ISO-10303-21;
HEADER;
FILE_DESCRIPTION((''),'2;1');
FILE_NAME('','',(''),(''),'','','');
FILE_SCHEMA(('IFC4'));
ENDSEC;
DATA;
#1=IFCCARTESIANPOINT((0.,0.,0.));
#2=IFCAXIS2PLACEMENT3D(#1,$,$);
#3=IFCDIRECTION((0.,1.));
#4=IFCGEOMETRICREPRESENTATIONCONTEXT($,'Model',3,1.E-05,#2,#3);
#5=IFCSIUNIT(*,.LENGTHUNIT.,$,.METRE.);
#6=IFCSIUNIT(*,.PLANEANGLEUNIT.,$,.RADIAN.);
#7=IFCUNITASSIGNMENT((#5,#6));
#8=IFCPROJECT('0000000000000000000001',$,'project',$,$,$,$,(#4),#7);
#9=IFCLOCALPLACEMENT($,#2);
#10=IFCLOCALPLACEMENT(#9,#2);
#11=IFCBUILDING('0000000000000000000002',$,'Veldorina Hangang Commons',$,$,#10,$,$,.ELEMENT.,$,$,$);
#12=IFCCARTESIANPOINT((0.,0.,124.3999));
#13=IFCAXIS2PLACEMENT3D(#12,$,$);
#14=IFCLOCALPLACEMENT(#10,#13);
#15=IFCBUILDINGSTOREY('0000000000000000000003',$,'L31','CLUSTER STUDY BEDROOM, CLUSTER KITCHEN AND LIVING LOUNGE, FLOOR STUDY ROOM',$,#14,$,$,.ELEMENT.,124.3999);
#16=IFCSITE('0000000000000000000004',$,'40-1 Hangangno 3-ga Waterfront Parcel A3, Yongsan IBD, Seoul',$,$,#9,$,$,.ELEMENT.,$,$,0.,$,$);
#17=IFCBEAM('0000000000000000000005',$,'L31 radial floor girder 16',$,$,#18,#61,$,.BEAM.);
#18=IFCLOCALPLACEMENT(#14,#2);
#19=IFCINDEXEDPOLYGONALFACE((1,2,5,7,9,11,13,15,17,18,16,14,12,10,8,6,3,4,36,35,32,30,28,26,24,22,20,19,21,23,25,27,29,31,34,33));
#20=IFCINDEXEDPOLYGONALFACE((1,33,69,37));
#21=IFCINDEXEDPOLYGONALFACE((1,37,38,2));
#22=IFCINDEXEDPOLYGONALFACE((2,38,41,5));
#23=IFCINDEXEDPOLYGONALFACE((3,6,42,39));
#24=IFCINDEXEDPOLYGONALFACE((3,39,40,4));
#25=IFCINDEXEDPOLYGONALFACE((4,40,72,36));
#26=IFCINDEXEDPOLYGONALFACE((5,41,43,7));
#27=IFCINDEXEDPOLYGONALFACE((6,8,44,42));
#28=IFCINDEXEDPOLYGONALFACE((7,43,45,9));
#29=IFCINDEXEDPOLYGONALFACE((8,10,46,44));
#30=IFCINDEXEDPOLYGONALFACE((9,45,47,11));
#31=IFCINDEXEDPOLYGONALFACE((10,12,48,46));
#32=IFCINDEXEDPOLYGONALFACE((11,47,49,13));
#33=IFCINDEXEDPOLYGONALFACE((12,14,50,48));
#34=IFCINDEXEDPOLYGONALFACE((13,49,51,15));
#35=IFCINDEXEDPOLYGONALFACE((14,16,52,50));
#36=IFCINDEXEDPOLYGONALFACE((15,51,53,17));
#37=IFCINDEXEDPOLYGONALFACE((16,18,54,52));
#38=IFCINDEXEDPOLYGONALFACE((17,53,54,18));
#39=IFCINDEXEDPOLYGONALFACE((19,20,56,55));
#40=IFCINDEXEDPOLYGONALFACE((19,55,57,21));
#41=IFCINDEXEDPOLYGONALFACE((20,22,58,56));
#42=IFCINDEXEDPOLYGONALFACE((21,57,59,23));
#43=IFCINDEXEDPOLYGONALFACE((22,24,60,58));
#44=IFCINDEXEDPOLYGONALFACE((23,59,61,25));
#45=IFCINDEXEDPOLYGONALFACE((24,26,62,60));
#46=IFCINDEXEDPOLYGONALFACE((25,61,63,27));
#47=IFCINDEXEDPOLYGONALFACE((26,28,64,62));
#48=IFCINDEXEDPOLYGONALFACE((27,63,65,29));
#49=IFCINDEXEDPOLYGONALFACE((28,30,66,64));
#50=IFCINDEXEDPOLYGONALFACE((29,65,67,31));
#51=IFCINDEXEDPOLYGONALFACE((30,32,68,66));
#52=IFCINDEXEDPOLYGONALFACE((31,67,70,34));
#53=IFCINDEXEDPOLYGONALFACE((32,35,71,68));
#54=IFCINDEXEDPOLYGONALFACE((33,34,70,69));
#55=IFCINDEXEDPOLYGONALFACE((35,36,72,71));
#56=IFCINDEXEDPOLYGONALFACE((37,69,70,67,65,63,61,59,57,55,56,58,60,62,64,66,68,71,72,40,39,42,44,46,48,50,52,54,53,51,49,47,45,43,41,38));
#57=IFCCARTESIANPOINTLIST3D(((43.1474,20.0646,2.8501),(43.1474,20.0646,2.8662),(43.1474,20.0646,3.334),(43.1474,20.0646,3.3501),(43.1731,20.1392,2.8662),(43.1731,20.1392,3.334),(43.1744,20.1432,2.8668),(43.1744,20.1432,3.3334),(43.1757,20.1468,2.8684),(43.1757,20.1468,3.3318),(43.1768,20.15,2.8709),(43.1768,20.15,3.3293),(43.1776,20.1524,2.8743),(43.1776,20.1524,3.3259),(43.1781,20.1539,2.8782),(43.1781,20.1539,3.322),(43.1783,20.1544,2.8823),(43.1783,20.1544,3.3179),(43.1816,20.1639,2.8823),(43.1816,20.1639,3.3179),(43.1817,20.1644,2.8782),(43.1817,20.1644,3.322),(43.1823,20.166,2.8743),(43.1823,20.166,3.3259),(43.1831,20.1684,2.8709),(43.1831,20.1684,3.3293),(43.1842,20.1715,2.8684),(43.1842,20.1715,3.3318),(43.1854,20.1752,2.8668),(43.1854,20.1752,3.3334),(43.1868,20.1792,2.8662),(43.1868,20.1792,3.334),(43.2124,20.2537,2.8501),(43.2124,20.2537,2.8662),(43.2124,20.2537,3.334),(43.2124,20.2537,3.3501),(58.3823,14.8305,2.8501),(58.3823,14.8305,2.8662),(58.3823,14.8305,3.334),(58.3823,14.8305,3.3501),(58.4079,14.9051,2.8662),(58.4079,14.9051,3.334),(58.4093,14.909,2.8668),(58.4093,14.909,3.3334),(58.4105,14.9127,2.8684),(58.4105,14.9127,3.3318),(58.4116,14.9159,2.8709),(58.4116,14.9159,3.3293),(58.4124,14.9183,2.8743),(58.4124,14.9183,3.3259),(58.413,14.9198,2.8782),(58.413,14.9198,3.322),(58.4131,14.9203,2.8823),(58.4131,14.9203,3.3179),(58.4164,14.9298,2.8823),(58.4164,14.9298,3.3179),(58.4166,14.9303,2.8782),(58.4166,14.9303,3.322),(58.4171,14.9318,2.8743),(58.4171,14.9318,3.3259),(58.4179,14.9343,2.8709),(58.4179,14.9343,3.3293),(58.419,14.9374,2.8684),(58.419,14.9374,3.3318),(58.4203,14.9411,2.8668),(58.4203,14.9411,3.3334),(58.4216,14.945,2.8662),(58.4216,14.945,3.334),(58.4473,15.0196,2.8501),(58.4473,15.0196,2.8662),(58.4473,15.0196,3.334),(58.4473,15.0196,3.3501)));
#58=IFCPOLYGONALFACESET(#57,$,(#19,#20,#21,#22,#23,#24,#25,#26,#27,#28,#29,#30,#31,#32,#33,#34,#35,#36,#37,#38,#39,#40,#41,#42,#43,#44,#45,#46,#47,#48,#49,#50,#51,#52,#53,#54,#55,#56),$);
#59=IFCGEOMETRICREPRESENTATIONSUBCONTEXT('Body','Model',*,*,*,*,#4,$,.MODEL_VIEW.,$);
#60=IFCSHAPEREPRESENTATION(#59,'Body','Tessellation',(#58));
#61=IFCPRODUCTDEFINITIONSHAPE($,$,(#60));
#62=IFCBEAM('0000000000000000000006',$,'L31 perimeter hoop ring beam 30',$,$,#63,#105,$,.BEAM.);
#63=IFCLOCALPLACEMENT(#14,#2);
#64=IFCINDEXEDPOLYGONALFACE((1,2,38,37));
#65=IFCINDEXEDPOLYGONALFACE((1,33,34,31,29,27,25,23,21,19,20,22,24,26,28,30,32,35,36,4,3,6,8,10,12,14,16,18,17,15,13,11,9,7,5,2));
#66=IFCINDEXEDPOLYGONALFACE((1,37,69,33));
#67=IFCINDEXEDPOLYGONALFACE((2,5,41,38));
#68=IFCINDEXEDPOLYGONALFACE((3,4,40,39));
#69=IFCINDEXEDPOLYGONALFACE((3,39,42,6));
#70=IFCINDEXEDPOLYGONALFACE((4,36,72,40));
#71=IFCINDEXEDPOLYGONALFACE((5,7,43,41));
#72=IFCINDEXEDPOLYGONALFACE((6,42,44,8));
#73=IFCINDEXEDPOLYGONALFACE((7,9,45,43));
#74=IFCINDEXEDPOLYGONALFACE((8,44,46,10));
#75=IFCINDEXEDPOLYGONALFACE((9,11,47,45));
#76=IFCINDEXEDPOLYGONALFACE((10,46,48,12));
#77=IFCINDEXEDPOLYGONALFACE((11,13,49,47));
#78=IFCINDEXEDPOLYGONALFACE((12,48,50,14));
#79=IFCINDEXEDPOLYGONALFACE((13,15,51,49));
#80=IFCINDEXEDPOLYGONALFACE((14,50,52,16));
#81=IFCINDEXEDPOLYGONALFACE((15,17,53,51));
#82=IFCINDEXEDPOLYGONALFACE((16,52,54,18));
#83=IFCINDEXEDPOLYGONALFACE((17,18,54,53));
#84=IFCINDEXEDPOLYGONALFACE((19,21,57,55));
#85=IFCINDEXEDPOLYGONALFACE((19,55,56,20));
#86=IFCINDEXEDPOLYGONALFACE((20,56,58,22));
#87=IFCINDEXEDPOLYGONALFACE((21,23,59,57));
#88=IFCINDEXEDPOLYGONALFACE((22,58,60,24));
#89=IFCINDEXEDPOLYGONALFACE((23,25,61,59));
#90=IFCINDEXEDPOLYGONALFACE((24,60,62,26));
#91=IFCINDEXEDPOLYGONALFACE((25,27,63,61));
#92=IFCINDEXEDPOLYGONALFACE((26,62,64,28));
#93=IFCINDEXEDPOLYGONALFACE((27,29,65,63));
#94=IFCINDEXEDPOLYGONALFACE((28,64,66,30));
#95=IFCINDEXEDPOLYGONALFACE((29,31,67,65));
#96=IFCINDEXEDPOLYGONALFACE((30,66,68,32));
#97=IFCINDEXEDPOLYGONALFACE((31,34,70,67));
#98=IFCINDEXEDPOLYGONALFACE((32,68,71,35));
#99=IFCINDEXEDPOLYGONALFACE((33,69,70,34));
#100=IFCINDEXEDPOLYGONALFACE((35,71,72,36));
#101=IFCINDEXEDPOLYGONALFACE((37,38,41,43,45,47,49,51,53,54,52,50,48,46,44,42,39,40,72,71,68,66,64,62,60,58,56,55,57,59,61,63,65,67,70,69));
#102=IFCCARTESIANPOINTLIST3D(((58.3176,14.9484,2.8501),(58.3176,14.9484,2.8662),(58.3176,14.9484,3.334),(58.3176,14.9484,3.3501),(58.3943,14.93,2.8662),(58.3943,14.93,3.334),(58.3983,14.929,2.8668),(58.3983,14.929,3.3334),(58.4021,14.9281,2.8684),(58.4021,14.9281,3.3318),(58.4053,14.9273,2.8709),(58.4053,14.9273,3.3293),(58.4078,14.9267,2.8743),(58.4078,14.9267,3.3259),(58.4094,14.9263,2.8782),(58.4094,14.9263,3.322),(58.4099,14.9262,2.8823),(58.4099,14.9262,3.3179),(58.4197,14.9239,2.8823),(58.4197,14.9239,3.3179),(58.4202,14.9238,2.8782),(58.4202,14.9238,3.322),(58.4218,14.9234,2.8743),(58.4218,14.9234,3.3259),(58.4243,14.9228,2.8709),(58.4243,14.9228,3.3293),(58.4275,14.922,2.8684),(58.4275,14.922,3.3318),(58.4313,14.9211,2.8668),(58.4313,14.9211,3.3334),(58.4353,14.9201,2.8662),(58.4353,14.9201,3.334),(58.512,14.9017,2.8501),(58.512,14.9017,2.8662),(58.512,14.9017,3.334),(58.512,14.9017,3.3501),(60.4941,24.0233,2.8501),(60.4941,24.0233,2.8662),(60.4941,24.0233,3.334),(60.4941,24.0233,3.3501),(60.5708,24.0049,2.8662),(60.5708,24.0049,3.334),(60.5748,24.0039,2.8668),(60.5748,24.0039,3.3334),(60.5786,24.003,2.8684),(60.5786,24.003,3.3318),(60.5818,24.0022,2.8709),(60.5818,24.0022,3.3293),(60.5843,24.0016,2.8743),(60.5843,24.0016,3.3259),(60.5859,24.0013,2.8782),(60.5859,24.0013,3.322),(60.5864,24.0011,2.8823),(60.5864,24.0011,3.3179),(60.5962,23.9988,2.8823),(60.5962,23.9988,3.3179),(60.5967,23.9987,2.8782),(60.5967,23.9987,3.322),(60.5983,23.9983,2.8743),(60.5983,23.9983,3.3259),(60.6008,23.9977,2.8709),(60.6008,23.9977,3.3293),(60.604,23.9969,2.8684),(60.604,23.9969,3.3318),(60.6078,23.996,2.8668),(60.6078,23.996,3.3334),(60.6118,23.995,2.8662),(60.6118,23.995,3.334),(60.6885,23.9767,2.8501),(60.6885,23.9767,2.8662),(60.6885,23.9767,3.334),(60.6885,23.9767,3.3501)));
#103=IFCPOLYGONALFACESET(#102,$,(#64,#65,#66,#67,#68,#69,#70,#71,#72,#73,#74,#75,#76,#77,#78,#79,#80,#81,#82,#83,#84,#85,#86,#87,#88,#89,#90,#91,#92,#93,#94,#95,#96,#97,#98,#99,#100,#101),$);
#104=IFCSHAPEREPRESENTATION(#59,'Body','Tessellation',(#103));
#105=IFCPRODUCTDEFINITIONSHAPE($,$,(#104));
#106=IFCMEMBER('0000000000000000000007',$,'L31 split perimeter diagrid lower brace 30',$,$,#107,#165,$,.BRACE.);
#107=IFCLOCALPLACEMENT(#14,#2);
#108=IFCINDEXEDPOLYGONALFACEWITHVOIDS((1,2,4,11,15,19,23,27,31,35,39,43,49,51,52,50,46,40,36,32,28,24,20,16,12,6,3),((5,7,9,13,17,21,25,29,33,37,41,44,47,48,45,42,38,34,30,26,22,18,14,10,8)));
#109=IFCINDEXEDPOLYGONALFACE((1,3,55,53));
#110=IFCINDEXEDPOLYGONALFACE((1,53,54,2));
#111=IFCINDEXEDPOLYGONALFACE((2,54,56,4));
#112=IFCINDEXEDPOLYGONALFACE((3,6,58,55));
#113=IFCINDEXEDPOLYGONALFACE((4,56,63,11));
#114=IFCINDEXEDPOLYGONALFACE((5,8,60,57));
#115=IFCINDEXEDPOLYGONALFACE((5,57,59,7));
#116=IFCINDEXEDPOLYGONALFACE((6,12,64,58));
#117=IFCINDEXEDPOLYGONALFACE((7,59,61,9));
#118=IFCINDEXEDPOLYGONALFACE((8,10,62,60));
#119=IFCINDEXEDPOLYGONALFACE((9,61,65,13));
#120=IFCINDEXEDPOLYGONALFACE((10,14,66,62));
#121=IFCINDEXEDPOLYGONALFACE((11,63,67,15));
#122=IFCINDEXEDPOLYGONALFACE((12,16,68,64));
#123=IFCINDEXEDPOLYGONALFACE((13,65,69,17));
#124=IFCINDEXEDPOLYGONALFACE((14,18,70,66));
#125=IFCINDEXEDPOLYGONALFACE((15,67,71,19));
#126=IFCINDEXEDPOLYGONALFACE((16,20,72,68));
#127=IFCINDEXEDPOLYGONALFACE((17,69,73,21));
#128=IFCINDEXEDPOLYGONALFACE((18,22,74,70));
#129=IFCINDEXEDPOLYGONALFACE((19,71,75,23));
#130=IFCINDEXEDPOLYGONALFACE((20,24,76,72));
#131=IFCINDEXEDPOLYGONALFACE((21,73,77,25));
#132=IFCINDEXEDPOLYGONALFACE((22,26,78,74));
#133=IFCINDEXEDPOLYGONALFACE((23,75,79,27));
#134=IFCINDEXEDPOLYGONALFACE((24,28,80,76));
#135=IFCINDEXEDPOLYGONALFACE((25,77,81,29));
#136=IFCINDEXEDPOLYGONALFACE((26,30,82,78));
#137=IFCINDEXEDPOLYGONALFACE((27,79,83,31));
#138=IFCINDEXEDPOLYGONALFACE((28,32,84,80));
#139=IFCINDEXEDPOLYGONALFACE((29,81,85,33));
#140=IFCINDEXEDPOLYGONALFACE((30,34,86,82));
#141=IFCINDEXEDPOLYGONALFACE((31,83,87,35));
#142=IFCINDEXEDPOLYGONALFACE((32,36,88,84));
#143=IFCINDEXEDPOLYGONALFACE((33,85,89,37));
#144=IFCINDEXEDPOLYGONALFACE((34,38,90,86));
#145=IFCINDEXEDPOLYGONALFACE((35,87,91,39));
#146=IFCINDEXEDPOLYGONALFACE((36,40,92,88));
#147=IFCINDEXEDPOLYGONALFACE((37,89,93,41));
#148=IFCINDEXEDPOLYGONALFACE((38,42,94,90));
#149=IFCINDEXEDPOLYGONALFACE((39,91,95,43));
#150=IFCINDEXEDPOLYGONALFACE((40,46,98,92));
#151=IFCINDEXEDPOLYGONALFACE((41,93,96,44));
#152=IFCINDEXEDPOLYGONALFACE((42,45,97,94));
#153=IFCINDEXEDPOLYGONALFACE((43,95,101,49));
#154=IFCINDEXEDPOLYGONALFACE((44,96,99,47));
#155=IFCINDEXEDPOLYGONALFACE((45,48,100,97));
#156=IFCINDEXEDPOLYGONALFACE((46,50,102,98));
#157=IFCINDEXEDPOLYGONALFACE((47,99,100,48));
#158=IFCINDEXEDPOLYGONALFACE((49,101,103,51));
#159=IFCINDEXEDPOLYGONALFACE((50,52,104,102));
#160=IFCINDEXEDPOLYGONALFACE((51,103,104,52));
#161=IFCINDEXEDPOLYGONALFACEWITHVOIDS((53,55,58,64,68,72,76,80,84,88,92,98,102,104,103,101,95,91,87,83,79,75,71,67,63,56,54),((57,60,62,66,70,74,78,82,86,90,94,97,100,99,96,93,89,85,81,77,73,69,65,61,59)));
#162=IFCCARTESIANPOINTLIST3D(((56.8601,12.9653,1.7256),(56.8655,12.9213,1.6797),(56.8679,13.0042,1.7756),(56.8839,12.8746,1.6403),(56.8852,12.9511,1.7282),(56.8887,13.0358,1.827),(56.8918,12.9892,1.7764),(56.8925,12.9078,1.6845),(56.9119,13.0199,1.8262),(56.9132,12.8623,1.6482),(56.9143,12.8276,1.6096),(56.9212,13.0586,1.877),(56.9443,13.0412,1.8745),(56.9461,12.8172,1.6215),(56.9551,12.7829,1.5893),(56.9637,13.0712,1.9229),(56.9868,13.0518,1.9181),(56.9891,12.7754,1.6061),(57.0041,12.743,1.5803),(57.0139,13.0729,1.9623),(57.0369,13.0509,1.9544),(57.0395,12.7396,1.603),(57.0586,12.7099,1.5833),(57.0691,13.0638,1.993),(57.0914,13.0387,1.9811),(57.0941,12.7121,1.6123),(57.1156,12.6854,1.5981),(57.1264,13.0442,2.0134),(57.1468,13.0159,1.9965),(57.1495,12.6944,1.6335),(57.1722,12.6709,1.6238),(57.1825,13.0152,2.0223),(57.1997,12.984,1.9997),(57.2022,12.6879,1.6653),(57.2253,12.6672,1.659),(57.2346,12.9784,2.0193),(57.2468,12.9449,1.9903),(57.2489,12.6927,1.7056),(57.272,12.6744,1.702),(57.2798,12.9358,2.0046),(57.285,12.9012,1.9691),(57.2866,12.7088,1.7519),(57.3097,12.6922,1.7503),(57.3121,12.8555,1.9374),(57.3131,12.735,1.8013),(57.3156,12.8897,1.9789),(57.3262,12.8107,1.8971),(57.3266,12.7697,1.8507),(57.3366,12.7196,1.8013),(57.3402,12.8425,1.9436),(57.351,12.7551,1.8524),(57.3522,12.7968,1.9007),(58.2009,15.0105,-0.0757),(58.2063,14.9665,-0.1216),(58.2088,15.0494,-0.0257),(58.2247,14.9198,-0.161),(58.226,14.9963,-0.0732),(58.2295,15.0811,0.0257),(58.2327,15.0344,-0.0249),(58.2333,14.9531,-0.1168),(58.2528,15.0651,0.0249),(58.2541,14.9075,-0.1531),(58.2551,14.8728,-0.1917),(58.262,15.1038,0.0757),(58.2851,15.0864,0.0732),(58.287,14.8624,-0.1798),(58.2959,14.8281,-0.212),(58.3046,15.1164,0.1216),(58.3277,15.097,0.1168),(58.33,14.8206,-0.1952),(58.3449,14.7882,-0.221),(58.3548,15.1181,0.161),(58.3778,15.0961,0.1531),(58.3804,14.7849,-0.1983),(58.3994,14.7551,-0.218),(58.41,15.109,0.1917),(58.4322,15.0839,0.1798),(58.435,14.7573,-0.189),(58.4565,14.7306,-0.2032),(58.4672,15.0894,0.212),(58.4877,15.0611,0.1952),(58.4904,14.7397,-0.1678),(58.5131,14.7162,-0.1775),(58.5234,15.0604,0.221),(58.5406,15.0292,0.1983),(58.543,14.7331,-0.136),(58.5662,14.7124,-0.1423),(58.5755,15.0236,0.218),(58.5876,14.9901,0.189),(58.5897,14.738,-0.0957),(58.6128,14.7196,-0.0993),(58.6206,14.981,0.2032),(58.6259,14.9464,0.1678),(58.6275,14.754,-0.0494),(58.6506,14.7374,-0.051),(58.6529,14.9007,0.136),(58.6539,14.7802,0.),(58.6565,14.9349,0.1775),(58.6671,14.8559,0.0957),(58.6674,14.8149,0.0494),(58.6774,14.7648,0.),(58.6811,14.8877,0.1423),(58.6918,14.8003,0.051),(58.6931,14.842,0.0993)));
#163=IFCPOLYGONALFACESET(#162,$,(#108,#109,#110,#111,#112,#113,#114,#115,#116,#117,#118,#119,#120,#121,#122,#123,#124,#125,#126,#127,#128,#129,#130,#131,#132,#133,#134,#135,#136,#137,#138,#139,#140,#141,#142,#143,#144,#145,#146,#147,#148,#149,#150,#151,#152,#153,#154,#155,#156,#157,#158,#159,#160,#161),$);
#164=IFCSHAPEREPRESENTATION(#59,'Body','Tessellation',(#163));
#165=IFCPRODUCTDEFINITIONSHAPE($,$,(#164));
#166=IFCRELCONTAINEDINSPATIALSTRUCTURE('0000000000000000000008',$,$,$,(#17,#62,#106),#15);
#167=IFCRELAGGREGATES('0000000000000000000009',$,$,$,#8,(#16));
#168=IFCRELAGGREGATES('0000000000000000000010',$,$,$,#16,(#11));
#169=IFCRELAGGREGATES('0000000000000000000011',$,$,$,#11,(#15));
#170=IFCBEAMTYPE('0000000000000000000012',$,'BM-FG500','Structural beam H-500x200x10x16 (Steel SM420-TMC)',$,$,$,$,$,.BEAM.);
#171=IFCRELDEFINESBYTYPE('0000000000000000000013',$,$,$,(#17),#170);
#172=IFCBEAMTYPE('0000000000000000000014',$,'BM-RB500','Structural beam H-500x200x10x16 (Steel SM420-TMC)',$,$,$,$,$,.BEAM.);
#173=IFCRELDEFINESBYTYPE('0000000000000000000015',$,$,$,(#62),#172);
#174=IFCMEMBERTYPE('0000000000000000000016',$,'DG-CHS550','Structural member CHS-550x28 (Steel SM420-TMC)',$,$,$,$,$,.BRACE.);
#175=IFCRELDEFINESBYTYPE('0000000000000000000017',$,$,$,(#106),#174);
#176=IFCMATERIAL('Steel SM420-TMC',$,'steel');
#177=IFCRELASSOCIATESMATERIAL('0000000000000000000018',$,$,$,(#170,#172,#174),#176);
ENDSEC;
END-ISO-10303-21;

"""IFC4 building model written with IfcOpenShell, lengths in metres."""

from ifc_helpers import new_model, si_unit, direction, frame, origin, origin_2d, place, context, subcontext, project, spatial, hollow_circle, i_section, extrude, material, material_profile, profile_set, type_object, element, save


model = new_model("IFC4")

# Units and contexts
model_context = context("Model", 3, precision=1e-05, world=origin(), true_north=direction((0.0, 1.0)))
body_context = subcontext(model_context, "Body", "Model", "MODEL_VIEW")
ifc_project = project(units=[si_unit("LENGTHUNIT", "METRE"), si_unit("PLANEANGLEUNIT", "RADIAN")], contexts=[model_context])

# Site, building, storey
site_placement = place(None, origin())
site = spatial("IfcSite", under=ifc_project, at=site_placement, Name="40-1 Hangangno 3-ga Waterfront Parcel A3, Yongsan IBD, Seoul", CompositionType="ELEMENT", RefElevation=0.0)
building_placement = place(site_placement, origin())
building = spatial("IfcBuilding", under=site, at=building_placement, Name="Veldorina Hangang Commons", CompositionType="ELEMENT")
storey_placement = place(building_placement, frame((0.0, 0.0, 124.3999)))
storey = spatial("IfcBuildingStorey", under=building, at=storey_placement, Name="L31", Description="CLUSTER STUDY BEDROOM, CLUSTER KITCHEN AND LIVING LOUNGE, FLOOR STUDY ROOM", CompositionType="ELEMENT", Elevation=124.3999)

# Beams
ifc_material_1 = material(Name="Steel SM420-TMC", Category="steel")
ifc_material_profile_1 = material_profile(ifc_material_1, i_section(OverallWidth=0.2, OverallDepth=0.5, WebThickness=0.01, FlangeThickness=0.0161, FilletRadius=0.0161, at=origin_2d()), Name="H-500x200x10x16")
ifc_profile_set_1 = profile_set([ifc_material_profile_1], Name="Steel SM420-TMC")
beam_type_1 = type_object("IfcBeamType", Name="BM-FG500", Description="Structural beam H-500x200x10x16 (Steel SM420-TMC)", PredefinedType="BEAM", material=ifc_profile_set_1)
beam_1_placement = place(storey_placement, frame((43.1799, 20.1592, 3.1001), z_axis=(0.945741, -0.324921, 0.0), x_axis=(0.324921, 0.945741, 0.0)))
element("IfcBeam", 1, at=beam_1_placement, inside=storey, type_object=beam_type_1, Name="L31 radial floor girder 16", PredefinedType="BEAM", context=body_context, shape_type="SweptSolid", body=[
    extrude(i_section(OverallWidth=0.2, OverallDepth=0.5, WebThickness=0.01, FlangeThickness=0.0161, FilletRadius=0.0161, at=origin_2d()), origin(), (0.0, 0.0, 1.0), 16.1089),
])
ifc_material_profile_2 = material_profile(ifc_material_1, i_section(OverallWidth=0.2, OverallDepth=0.5, WebThickness=0.01, FlangeThickness=0.0161, FilletRadius=0.0161, at=origin_2d()), Name="H-500x200x10x16")
ifc_profile_set_2 = profile_set([ifc_material_profile_2], Name="Steel SM420-TMC")
beam_type_2 = type_object("IfcBeamType", Name="BM-RB500", Description="Structural beam H-500x200x10x16 (Steel SM420-TMC)", PredefinedType="BEAM", material=ifc_profile_set_2)
beam_2_placement = place(storey_placement, frame((58.4148, 14.925, 3.1001), z_axis=(0.233224, 0.972423, 0.0), x_axis=(-0.972423, 0.233224, 0.0)))
element("IfcBeam", 2, at=beam_2_placement, inside=storey, type_object=beam_type_2, Name="L31 perimeter hoop ring beam 30", PredefinedType="BEAM", context=body_context, shape_type="SweptSolid", body=[
    extrude(i_section(OverallWidth=0.2, OverallDepth=0.5, WebThickness=0.01, FlangeThickness=0.0161, FilletRadius=0.0161, at=origin_2d()), origin(), (0.0, 0.0, 1.0), 9.3323),
])

# Member
ifc_material_profile_3 = material_profile(ifc_material_1, hollow_circle(Radius=0.2749, WallThickness=0.0281, at=origin_2d()), Name="CHS-550x28")
ifc_profile_set_3 = profile_set([ifc_material_profile_3], Name="Steel SM420-TMC")
member_type = type_object("IfcMemberType", Name="DG-CHS550", Description="Structural member CHS-550x28 (Steel SM420-TMC)", PredefinedType="BRACE", material=ifc_profile_set_3)
member_1_placement = place(storey_placement, frame((58.4475, 14.9155, 0.0), z_axis=(-0.441454, -0.673354, 0.593053), x_axis=(0.836295, -0.548279, 0.0)))
element("IfcMember", 3, at=member_1_placement, inside=storey, type_object=member_type, Name="L31 split perimeter diagrid lower brace 30", PredefinedType="BRACE", context=body_context, shape_type="SweptSolid", body=[
    extrude(hollow_circle(Radius=0.2749, WallThickness=0.0281, at=origin_2d()), origin(), (0.0, 0.0, 1.0), 3.0374),
])

save(model, "model.ifc")
